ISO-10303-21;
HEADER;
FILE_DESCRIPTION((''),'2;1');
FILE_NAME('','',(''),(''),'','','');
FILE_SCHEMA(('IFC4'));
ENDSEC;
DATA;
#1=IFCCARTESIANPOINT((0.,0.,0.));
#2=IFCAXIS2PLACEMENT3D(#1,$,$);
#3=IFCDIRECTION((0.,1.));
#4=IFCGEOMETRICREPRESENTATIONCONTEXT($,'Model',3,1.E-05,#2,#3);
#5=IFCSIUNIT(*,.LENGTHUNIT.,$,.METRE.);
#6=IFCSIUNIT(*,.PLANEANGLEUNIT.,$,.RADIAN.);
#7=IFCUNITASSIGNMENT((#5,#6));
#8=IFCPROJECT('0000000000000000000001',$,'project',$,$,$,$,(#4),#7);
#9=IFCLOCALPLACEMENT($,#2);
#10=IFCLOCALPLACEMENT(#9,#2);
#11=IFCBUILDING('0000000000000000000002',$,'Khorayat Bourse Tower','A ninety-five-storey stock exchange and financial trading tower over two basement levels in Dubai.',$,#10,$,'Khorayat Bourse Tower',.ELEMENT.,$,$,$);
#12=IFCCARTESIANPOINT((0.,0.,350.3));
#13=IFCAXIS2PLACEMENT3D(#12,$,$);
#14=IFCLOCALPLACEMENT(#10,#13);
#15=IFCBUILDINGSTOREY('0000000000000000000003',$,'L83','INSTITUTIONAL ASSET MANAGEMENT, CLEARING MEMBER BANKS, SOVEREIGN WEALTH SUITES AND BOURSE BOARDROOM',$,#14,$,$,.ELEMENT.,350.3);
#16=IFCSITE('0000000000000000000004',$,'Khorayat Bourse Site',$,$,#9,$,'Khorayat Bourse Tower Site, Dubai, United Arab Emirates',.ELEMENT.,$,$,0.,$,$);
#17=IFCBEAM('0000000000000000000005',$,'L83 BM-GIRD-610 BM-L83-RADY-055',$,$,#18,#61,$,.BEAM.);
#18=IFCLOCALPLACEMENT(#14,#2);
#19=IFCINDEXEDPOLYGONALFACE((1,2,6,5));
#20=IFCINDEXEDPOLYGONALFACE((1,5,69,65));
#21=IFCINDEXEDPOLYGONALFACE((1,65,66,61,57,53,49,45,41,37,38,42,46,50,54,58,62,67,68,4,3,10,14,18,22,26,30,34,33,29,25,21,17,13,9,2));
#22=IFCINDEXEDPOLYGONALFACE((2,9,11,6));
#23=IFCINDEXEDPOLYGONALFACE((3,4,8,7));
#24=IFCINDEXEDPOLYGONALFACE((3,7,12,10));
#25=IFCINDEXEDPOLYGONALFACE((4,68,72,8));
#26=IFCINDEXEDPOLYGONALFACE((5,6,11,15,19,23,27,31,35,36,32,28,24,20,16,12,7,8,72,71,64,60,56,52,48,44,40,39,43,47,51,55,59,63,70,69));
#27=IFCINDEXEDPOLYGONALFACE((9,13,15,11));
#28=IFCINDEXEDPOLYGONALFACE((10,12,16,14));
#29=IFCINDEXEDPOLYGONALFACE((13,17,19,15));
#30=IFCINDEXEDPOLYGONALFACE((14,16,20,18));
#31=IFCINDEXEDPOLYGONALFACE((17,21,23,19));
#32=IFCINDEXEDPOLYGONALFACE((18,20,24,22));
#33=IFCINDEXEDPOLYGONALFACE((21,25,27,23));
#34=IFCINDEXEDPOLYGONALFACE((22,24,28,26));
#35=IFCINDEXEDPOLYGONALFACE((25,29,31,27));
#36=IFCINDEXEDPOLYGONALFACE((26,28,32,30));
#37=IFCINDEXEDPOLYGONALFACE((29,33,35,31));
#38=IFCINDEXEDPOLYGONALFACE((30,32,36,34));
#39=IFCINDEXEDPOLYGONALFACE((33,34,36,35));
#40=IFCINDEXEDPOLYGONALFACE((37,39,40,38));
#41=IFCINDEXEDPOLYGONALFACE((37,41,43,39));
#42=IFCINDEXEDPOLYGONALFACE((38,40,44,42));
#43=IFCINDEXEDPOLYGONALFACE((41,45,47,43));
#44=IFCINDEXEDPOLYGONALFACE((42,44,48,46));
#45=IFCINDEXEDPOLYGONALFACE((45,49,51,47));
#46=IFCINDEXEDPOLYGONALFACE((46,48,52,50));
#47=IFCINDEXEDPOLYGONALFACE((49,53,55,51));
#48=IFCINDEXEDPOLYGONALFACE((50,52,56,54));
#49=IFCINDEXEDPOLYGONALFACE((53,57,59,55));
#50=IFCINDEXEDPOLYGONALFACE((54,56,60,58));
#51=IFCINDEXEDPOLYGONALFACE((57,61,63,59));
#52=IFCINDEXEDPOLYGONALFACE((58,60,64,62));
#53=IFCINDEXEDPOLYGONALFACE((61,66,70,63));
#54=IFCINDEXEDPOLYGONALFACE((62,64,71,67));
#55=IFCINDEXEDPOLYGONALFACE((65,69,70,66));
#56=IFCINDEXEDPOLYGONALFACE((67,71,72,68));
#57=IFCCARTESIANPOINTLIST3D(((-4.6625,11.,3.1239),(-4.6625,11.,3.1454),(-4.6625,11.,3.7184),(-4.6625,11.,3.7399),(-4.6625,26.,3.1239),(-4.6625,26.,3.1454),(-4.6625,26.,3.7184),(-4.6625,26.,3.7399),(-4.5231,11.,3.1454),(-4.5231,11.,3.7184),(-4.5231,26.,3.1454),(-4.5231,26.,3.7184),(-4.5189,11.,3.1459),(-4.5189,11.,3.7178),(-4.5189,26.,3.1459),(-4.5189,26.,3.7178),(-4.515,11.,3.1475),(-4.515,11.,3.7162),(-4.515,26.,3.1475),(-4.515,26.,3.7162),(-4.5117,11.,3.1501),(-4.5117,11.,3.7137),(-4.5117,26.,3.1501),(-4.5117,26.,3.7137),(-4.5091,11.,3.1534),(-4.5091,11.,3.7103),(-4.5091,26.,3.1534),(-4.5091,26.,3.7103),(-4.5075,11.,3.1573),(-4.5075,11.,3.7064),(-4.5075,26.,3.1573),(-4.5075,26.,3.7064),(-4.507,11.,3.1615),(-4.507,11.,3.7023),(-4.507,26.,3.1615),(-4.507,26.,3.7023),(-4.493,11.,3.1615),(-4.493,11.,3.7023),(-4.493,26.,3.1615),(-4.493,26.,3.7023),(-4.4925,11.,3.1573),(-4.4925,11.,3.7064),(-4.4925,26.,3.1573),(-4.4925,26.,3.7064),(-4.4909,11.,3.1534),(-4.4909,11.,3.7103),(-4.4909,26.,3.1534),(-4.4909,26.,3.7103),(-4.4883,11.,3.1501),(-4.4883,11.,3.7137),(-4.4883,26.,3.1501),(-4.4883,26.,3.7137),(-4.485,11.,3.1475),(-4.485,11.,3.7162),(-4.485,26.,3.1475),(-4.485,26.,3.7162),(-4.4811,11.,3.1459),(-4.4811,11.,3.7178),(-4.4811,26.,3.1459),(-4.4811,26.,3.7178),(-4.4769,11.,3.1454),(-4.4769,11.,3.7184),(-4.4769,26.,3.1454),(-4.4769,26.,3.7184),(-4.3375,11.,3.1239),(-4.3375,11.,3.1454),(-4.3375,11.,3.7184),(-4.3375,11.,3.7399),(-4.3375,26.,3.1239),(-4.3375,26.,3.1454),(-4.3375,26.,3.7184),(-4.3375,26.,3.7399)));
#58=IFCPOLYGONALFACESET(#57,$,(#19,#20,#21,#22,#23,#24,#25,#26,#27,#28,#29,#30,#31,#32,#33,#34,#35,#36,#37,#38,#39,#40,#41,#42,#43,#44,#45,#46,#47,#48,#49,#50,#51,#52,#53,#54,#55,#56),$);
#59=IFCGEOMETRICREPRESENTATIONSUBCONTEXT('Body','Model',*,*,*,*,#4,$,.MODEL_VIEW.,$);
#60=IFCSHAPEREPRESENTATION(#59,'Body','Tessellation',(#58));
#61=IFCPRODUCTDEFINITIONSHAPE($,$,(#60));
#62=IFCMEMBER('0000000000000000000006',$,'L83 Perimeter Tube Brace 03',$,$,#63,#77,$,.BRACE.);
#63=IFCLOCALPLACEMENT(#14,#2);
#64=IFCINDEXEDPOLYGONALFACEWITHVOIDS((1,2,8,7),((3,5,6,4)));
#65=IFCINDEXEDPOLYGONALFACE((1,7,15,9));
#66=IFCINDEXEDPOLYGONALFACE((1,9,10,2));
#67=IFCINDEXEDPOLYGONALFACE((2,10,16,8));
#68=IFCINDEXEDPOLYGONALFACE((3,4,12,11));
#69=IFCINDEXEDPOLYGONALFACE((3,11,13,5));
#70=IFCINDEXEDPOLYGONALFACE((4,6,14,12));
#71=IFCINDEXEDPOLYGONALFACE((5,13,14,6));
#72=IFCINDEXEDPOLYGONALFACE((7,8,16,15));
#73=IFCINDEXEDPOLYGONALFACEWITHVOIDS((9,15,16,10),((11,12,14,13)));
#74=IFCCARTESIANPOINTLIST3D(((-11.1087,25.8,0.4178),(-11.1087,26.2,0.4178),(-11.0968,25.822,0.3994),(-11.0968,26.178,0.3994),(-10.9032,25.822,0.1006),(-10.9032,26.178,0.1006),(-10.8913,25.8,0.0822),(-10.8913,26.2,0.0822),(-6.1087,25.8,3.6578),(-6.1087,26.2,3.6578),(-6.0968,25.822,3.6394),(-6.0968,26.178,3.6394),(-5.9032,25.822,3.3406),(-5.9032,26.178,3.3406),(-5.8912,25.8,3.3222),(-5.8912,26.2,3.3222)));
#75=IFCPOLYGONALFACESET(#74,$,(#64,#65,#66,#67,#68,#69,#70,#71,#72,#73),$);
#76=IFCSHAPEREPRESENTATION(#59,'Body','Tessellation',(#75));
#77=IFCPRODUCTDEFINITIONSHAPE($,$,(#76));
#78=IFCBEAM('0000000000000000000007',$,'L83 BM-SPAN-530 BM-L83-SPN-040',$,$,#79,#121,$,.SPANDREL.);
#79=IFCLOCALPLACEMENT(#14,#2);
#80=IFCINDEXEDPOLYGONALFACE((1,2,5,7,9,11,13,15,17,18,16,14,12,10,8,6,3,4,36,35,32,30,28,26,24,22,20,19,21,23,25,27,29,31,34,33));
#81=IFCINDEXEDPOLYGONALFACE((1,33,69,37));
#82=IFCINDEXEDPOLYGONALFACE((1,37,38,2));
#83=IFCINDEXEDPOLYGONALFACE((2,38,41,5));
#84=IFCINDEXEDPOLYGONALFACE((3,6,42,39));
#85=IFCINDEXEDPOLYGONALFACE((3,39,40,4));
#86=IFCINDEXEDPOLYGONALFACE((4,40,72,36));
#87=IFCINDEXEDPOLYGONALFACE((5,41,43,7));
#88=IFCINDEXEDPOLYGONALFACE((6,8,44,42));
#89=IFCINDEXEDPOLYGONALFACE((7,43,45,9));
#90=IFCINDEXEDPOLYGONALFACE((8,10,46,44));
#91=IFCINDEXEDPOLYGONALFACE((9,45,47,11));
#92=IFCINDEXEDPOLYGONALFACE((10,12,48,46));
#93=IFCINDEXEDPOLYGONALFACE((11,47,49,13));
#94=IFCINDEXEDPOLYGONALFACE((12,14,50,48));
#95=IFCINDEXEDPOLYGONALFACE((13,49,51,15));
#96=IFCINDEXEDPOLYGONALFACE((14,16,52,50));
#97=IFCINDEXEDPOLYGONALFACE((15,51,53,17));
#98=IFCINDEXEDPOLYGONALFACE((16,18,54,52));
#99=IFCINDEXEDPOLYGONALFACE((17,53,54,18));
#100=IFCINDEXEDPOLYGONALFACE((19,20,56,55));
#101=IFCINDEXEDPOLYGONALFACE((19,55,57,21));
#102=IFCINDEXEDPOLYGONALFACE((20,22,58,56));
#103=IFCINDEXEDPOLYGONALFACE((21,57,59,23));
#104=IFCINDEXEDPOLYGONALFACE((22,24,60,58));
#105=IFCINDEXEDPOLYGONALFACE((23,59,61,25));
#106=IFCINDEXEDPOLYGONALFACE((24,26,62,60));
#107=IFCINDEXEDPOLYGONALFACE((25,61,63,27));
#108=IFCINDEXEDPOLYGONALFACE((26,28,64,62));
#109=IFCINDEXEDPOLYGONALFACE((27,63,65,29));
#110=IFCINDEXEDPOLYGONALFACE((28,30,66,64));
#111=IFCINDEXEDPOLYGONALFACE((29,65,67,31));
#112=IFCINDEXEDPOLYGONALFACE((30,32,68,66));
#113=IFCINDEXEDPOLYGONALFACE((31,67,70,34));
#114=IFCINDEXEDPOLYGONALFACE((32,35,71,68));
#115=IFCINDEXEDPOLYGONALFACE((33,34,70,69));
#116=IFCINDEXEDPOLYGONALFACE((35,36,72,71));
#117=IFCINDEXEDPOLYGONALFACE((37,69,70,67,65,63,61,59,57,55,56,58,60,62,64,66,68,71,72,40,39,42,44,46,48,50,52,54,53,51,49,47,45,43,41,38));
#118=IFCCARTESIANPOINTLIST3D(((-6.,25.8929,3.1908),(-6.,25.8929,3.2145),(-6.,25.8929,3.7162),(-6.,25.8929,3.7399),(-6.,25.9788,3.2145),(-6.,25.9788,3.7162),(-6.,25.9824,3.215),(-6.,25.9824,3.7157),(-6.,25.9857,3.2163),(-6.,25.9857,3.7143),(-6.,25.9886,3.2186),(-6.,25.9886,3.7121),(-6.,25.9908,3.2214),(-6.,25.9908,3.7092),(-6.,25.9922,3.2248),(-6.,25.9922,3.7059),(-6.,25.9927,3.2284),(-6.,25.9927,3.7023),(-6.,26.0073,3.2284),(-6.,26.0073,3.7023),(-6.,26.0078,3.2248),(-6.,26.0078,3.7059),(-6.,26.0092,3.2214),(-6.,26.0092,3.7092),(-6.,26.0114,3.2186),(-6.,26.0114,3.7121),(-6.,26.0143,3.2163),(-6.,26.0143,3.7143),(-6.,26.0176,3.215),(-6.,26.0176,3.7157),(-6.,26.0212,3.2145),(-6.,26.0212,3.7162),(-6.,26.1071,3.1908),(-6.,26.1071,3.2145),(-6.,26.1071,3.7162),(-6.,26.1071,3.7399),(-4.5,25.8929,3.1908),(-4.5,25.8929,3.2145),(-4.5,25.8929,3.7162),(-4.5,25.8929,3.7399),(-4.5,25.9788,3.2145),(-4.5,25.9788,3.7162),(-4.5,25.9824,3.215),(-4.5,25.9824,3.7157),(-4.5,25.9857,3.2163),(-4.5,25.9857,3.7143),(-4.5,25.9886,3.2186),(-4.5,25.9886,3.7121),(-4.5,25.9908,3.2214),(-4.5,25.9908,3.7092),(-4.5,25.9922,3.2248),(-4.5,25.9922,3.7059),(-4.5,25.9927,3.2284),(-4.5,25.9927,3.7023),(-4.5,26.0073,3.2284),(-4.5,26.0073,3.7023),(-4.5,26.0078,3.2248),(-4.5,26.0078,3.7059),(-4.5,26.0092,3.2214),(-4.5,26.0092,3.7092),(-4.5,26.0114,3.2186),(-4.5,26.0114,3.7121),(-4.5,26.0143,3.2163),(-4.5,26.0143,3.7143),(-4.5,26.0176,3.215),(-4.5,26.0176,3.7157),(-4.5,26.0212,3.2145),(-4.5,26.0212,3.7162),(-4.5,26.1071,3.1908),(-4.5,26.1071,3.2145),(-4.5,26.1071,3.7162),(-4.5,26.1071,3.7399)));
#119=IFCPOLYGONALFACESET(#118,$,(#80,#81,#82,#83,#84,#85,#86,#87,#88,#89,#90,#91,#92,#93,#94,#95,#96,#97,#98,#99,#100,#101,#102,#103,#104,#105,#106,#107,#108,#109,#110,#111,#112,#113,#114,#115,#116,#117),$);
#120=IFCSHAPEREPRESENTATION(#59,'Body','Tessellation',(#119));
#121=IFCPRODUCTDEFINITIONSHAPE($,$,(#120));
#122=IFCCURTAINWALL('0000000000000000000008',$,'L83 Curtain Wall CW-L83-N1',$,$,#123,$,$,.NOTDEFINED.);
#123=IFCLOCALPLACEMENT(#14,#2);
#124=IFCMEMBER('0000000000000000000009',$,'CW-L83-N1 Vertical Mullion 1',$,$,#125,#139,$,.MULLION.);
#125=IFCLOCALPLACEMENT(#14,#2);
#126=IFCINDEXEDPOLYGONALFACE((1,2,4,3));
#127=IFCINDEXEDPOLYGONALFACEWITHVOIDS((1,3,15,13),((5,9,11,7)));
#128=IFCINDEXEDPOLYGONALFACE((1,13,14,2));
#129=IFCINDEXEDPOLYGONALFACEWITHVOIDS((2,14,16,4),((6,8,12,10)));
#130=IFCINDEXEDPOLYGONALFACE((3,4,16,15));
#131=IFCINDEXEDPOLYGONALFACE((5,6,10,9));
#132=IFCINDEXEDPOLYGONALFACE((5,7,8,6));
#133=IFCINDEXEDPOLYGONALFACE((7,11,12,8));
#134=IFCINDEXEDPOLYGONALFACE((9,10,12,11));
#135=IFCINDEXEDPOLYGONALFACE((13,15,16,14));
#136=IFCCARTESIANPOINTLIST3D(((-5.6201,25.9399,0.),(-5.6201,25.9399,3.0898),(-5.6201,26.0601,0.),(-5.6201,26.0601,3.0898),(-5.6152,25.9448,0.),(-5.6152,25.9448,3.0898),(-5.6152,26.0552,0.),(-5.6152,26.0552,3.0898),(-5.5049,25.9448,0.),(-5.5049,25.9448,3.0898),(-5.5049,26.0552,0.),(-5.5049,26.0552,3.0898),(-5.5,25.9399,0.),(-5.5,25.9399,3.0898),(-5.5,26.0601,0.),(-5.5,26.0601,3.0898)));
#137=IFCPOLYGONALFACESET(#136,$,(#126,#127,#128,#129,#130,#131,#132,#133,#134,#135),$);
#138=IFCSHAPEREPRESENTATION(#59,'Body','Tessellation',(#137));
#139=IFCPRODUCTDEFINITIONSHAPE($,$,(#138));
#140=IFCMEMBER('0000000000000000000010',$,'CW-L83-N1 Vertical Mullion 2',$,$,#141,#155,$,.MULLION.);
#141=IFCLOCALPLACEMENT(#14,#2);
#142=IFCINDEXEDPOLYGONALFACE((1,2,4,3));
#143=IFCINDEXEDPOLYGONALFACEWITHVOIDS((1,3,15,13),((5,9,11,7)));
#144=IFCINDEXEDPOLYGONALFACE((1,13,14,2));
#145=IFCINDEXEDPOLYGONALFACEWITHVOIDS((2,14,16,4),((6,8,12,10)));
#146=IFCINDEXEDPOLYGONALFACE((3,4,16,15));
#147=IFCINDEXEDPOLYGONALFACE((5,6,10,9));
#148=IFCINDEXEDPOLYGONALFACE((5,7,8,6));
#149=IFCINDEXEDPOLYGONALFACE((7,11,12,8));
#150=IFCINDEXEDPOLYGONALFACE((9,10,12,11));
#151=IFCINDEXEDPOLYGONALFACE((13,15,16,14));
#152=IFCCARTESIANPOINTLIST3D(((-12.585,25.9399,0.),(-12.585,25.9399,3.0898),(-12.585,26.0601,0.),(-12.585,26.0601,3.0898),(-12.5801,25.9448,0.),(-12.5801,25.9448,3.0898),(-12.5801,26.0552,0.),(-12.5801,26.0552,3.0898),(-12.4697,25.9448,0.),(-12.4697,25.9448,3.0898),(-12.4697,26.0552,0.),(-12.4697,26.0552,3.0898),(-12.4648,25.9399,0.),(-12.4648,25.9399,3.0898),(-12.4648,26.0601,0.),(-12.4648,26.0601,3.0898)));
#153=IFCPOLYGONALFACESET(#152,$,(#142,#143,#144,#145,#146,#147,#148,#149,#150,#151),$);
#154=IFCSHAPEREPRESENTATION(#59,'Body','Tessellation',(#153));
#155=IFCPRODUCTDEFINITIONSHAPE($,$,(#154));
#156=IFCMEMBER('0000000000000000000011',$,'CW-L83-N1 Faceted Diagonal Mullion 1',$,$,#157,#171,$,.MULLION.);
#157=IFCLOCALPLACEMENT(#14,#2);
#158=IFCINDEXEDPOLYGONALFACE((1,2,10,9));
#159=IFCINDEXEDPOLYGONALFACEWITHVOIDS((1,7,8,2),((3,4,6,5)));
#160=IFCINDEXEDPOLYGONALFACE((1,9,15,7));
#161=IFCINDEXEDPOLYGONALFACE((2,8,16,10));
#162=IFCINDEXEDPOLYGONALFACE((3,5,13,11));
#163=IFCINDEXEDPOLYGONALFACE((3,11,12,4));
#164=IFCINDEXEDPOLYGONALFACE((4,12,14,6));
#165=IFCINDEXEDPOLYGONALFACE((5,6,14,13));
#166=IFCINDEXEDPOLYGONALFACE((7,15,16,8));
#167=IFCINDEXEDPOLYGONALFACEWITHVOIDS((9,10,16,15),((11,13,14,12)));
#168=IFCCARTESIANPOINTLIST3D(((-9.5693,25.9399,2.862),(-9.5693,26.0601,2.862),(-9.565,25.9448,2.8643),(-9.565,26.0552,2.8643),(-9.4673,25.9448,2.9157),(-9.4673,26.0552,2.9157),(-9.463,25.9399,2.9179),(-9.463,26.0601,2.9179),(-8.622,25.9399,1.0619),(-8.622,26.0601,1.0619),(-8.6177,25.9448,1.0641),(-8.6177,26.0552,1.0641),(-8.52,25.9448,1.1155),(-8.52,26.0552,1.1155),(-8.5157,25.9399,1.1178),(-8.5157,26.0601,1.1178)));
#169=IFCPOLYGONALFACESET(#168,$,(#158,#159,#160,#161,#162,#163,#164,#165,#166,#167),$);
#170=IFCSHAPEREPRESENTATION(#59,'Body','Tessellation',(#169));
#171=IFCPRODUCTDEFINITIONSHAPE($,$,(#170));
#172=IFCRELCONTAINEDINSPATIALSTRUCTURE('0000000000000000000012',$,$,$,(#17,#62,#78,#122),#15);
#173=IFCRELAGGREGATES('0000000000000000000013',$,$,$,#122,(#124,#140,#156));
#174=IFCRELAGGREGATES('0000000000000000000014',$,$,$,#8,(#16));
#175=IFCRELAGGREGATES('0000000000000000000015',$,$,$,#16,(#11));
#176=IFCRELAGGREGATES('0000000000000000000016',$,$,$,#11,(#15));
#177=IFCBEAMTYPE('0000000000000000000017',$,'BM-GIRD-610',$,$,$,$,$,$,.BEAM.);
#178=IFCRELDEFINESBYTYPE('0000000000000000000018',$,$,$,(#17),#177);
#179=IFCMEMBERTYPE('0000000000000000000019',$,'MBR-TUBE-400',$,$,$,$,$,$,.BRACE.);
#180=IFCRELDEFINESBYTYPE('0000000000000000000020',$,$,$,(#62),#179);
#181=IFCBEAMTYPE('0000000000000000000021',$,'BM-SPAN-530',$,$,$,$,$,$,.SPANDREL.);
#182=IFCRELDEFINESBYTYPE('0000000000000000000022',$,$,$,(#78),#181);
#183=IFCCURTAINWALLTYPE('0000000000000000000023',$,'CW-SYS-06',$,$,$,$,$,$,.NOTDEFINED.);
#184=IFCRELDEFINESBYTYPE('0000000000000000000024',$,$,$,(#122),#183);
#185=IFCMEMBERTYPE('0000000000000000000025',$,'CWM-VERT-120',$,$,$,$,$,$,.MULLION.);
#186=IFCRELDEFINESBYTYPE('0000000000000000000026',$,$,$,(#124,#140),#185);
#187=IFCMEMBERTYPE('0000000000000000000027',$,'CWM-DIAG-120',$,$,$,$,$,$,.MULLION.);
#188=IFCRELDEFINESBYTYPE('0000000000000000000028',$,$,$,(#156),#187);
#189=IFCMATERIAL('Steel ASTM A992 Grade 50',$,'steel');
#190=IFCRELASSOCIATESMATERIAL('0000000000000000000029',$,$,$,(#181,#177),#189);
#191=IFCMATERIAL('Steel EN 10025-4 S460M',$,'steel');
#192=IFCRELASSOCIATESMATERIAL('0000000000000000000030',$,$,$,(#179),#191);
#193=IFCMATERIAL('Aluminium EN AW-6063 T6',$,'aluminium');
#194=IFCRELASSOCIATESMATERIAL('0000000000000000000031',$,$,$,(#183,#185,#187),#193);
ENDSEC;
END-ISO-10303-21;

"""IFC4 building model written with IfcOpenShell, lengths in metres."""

from ifc_helpers import new_model, si_unit, direction, frame, origin, origin_2d, place, context, subcontext, project, spatial, hollow_rectangle, i_section, extrude, source, transform, mapped, material, material_profile, profile_set, type_object, element, aggregate, save


model = new_model("IFC4")

# Units and contexts
model_context = context("Model", 3, precision=1e-05, world=origin(), true_north=direction((0.0, 1.0)))
body_context = subcontext(model_context, "Body", "Model", "MODEL_VIEW")
ifc_project = project(units=[si_unit("LENGTHUNIT", "METRE"), si_unit("PLANEANGLEUNIT", "RADIAN")], contexts=[model_context])

# Site, building, storey
site_placement = place(None, origin())
site = spatial("IfcSite", under=ifc_project, at=site_placement, Name="Khorayat Bourse Site", LongName="Khorayat Bourse Tower Site, Dubai, United Arab Emirates", CompositionType="ELEMENT", RefElevation=0.0)
building_placement = place(site_placement, origin())
building = spatial("IfcBuilding", under=site, at=building_placement, Name="Khorayat Bourse Tower", Description="A ninety-five-storey stock exchange and financial trading tower over two basement levels in Dubai.", LongName="Khorayat Bourse Tower", CompositionType="ELEMENT")
storey_placement = place(building_placement, frame((0.0, 0.0, 350.3)))
storey = spatial("IfcBuildingStorey", under=building, at=storey_placement, Name="L83", Description="INSTITUTIONAL ASSET MANAGEMENT, CLEARING MEMBER BANKS, SOVEREIGN WEALTH SUITES AND BOURSE BOARDROOM", CompositionType="ELEMENT", Elevation=350.3)

# Beam
ifc_material_1 = material(Name="Steel ASTM A992 Grade 50", Category="steel")
ifc_material_profile_1 = material_profile(ifc_material_1, i_section(OverallWidth=0.2141, OverallDepth=0.5491, WebThickness=0.0146, FlangeThickness=0.0237, FilletRadius=0.0139, at=origin_2d()), Name="W530X138")
ifc_profile_set_1 = profile_set([ifc_material_profile_1], Name="Steel ASTM A992 Grade 50")
beam_type_1 = type_object("IfcBeamType", Name="BM-SPAN-530", PredefinedType="SPANDREL", material=ifc_profile_set_1)
ifc_material_profile_2 = material_profile(ifc_material_1, i_section(OverallWidth=0.325, OverallDepth=0.616, WebThickness=0.0139, FlangeThickness=0.0215, FilletRadius=0.0161, at=origin_2d()), Name="W610X174")
ifc_profile_set_2 = profile_set([ifc_material_profile_2], Name="Steel ASTM A992 Grade 50")
beam_type_2 = type_object("IfcBeamType", Name="BM-GIRD-610", PredefinedType="BEAM", material=ifc_profile_set_2)
shared_shape_1 = source(origin(), body_context, "Body", "SweptSolid", [
    extrude(i_section(OverallWidth=0.325, OverallDepth=0.616, WebThickness=0.0139, FlangeThickness=0.0215, FilletRadius=0.0161, at=origin_2d()), origin(), (0.0, 0.0, 1.0), 15.0),
])
for number, where, z_axis, x_axis, name in (
    (1, (-4.5, 11.0, 3.4319), (0.0, 1.0, 0.0), (-1.0, 0.0, 0.0), "L83 BM-GIRD-610 BM-L83-RADY-055"),
):
    element("IfcBeam", number, at=place(storey_placement, frame(where, z_axis=z_axis, x_axis=x_axis)), inside=storey, type_object=beam_type_2, Name=name, PredefinedType="BEAM", context=body_context, shape_type="MappedRepresentation", body=[
        mapped(shared_shape_1, transform((0.0, 0.0, 0.0), scale=1.0)),
    ])

# Member
ifc_material_2 = material(Name="Steel EN 10025-4 S460M", Category="steel")
ifc_material_profile_3 = material_profile(ifc_material_2, hollow_rectangle(XDim=0.3999, YDim=0.3999, WallThickness=0.022, at=origin_2d()), Name="HSS 400x400x22")
ifc_profile_set_3 = profile_set([ifc_material_profile_3], Name="Steel EN 10025-4 S460M")
member_type_1 = type_object("IfcMemberType", Name="MBR-TUBE-400", PredefinedType="BRACE", material=ifc_profile_set_3)
shared_shape_2 = source(origin(), body_context, "Body", "SweptSolid", [
    extrude(hollow_rectangle(XDim=0.3999, YDim=0.3999, WallThickness=0.022, at=origin_2d()), origin(), (0.0, 0.0, 1.0), 5.958),
])
member_1_placement = place(storey_placement, frame((-11.0, 26.0, 0.25), z_axis=(0.83921, 0.0, 0.543807), x_axis=(0.0, 1.0, 0.0)))
element("IfcMember", 2, at=member_1_placement, inside=storey, type_object=member_type_1, Name="L83 Perimeter Tube Brace 03", PredefinedType="BRACE", context=body_context, shape_type="MappedRepresentation", body=[
    mapped(shared_shape_2, transform((0.0, 0.0, 0.0), scale=1.0)),
])

# Beam
shared_shape_3 = source(origin(), body_context, "Body", "SweptSolid", [
    extrude(i_section(OverallWidth=0.2141, OverallDepth=0.5491, WebThickness=0.0146, FlangeThickness=0.0237, FilletRadius=0.0139, at=origin_2d()), origin(), (0.0, 0.0, 1.0), 1.5),
])
beam_1_placement = place(storey_placement, frame((-6.0, 26.0, 3.4653), z_axis=(1.0, 0.0, 0.0), x_axis=(0.0, 1.0, 0.0)))
element("IfcBeam", 3, at=beam_1_placement, inside=storey, type_object=beam_type_1, Name="L83 BM-SPAN-530 BM-L83-SPN-040", PredefinedType="SPANDREL", context=body_context, shape_type="MappedRepresentation", body=[
    mapped(shared_shape_3, transform((0.0, 0.0, 0.0), scale=1.0)),
])

# Curtain wall, members
ifc_material_3 = material(Name="Aluminium EN AW-6063 T6", Category="aluminium")
curtain_wall_type = type_object("IfcCurtainWallType", Name="CW-SYS-06", PredefinedType="NOTDEFINED", material=ifc_material_3)
curtain_wall_placement = place(storey_placement, origin())
curtain_wall = element("IfcCurtainWall", 4, at=curtain_wall_placement, inside=storey, type_object=curtain_wall_type, Name="L83 Curtain Wall CW-L83-N1", PredefinedType="NOTDEFINED")
ifc_material_profile_4 = material_profile(ifc_material_3, hollow_rectangle(XDim=0.1201, YDim=0.1201, WallThickness=0.0049, at=origin_2d()), Name="ALU 120x120x5")
ifc_profile_set_4 = profile_set([ifc_material_profile_4], Name="Aluminium EN AW-6063 T6")
member_type_2 = type_object("IfcMemberType", Name="CWM-VERT-120", PredefinedType="MULLION", material=ifc_profile_set_4)
shared_shape_4 = source(origin(), body_context, "Body", "SweptSolid", [
    extrude(hollow_rectangle(XDim=0.1201, YDim=0.1201, WallThickness=0.0049, at=origin_2d()), origin(), (0.0, 0.0, 1.0), 3.0898),
])
member_2_placement = place(storey_placement, frame((-5.5601, 26.0, 0.0), z_axis=(0.0, 0.0, 1.0), x_axis=(0.0, -1.0, 0.0)))
member_2 = element("IfcMember", 5, at=member_2_placement, type_object=member_type_2, Name="CW-L83-N1 Vertical Mullion 1", PredefinedType="MULLION", context=body_context, shape_type="MappedRepresentation", body=[
    mapped(shared_shape_4, transform((0.0, 0.0, 0.0), scale=1.0)),
])
member_3_placement = place(storey_placement, frame((-12.5249, 26.0, 0.0), z_axis=(0.0, 0.0, 1.0), x_axis=(0.0, -1.0, 0.0)))
member_3 = element("IfcMember", 6, at=member_3_placement, type_object=member_type_2, Name="CW-L83-N1 Vertical Mullion 2", PredefinedType="MULLION", context=body_context, shape_type="MappedRepresentation", body=[
    mapped(shared_shape_4, transform((0.0, 0.0, 0.0), scale=1.0)),
])
ifc_material_profile_5 = material_profile(ifc_material_3, hollow_rectangle(XDim=0.1201, YDim=0.1201, WallThickness=0.0049, at=origin_2d()), Name="ALU 120x120x5")
ifc_profile_set_5 = profile_set([ifc_material_profile_5], Name="Aluminium EN AW-6063 T6")
member_type_3 = type_object("IfcMemberType", Name="CWM-DIAG-120", PredefinedType="MULLION", material=ifc_profile_set_5)
shared_shape_5 = source(origin(), body_context, "Body", "SweptSolid", [
    extrude(hollow_rectangle(XDim=0.1201, YDim=0.1201, WallThickness=0.0049, at=origin_2d()), origin(), (0.0, 0.0, 1.0), 2.0342),
])
member_4_placement = place(storey_placement, frame((-8.5688, 26.0, 1.0898), z_axis=(-0.465697, 0.0, 0.884944), x_axis=(0.0, -1.0, 0.0)))
member_4 = element("IfcMember", 7, at=member_4_placement, type_object=member_type_3, Name="CW-L83-N1 Faceted Diagonal Mullion 1", PredefinedType="MULLION", context=body_context, shape_type="MappedRepresentation", body=[
    mapped(shared_shape_5, transform((0.0, 0.0, 0.0), scale=1.0)),
])

aggregate(curtain_wall, [member_2, member_3, member_4])

save(model, "model.ifc")
